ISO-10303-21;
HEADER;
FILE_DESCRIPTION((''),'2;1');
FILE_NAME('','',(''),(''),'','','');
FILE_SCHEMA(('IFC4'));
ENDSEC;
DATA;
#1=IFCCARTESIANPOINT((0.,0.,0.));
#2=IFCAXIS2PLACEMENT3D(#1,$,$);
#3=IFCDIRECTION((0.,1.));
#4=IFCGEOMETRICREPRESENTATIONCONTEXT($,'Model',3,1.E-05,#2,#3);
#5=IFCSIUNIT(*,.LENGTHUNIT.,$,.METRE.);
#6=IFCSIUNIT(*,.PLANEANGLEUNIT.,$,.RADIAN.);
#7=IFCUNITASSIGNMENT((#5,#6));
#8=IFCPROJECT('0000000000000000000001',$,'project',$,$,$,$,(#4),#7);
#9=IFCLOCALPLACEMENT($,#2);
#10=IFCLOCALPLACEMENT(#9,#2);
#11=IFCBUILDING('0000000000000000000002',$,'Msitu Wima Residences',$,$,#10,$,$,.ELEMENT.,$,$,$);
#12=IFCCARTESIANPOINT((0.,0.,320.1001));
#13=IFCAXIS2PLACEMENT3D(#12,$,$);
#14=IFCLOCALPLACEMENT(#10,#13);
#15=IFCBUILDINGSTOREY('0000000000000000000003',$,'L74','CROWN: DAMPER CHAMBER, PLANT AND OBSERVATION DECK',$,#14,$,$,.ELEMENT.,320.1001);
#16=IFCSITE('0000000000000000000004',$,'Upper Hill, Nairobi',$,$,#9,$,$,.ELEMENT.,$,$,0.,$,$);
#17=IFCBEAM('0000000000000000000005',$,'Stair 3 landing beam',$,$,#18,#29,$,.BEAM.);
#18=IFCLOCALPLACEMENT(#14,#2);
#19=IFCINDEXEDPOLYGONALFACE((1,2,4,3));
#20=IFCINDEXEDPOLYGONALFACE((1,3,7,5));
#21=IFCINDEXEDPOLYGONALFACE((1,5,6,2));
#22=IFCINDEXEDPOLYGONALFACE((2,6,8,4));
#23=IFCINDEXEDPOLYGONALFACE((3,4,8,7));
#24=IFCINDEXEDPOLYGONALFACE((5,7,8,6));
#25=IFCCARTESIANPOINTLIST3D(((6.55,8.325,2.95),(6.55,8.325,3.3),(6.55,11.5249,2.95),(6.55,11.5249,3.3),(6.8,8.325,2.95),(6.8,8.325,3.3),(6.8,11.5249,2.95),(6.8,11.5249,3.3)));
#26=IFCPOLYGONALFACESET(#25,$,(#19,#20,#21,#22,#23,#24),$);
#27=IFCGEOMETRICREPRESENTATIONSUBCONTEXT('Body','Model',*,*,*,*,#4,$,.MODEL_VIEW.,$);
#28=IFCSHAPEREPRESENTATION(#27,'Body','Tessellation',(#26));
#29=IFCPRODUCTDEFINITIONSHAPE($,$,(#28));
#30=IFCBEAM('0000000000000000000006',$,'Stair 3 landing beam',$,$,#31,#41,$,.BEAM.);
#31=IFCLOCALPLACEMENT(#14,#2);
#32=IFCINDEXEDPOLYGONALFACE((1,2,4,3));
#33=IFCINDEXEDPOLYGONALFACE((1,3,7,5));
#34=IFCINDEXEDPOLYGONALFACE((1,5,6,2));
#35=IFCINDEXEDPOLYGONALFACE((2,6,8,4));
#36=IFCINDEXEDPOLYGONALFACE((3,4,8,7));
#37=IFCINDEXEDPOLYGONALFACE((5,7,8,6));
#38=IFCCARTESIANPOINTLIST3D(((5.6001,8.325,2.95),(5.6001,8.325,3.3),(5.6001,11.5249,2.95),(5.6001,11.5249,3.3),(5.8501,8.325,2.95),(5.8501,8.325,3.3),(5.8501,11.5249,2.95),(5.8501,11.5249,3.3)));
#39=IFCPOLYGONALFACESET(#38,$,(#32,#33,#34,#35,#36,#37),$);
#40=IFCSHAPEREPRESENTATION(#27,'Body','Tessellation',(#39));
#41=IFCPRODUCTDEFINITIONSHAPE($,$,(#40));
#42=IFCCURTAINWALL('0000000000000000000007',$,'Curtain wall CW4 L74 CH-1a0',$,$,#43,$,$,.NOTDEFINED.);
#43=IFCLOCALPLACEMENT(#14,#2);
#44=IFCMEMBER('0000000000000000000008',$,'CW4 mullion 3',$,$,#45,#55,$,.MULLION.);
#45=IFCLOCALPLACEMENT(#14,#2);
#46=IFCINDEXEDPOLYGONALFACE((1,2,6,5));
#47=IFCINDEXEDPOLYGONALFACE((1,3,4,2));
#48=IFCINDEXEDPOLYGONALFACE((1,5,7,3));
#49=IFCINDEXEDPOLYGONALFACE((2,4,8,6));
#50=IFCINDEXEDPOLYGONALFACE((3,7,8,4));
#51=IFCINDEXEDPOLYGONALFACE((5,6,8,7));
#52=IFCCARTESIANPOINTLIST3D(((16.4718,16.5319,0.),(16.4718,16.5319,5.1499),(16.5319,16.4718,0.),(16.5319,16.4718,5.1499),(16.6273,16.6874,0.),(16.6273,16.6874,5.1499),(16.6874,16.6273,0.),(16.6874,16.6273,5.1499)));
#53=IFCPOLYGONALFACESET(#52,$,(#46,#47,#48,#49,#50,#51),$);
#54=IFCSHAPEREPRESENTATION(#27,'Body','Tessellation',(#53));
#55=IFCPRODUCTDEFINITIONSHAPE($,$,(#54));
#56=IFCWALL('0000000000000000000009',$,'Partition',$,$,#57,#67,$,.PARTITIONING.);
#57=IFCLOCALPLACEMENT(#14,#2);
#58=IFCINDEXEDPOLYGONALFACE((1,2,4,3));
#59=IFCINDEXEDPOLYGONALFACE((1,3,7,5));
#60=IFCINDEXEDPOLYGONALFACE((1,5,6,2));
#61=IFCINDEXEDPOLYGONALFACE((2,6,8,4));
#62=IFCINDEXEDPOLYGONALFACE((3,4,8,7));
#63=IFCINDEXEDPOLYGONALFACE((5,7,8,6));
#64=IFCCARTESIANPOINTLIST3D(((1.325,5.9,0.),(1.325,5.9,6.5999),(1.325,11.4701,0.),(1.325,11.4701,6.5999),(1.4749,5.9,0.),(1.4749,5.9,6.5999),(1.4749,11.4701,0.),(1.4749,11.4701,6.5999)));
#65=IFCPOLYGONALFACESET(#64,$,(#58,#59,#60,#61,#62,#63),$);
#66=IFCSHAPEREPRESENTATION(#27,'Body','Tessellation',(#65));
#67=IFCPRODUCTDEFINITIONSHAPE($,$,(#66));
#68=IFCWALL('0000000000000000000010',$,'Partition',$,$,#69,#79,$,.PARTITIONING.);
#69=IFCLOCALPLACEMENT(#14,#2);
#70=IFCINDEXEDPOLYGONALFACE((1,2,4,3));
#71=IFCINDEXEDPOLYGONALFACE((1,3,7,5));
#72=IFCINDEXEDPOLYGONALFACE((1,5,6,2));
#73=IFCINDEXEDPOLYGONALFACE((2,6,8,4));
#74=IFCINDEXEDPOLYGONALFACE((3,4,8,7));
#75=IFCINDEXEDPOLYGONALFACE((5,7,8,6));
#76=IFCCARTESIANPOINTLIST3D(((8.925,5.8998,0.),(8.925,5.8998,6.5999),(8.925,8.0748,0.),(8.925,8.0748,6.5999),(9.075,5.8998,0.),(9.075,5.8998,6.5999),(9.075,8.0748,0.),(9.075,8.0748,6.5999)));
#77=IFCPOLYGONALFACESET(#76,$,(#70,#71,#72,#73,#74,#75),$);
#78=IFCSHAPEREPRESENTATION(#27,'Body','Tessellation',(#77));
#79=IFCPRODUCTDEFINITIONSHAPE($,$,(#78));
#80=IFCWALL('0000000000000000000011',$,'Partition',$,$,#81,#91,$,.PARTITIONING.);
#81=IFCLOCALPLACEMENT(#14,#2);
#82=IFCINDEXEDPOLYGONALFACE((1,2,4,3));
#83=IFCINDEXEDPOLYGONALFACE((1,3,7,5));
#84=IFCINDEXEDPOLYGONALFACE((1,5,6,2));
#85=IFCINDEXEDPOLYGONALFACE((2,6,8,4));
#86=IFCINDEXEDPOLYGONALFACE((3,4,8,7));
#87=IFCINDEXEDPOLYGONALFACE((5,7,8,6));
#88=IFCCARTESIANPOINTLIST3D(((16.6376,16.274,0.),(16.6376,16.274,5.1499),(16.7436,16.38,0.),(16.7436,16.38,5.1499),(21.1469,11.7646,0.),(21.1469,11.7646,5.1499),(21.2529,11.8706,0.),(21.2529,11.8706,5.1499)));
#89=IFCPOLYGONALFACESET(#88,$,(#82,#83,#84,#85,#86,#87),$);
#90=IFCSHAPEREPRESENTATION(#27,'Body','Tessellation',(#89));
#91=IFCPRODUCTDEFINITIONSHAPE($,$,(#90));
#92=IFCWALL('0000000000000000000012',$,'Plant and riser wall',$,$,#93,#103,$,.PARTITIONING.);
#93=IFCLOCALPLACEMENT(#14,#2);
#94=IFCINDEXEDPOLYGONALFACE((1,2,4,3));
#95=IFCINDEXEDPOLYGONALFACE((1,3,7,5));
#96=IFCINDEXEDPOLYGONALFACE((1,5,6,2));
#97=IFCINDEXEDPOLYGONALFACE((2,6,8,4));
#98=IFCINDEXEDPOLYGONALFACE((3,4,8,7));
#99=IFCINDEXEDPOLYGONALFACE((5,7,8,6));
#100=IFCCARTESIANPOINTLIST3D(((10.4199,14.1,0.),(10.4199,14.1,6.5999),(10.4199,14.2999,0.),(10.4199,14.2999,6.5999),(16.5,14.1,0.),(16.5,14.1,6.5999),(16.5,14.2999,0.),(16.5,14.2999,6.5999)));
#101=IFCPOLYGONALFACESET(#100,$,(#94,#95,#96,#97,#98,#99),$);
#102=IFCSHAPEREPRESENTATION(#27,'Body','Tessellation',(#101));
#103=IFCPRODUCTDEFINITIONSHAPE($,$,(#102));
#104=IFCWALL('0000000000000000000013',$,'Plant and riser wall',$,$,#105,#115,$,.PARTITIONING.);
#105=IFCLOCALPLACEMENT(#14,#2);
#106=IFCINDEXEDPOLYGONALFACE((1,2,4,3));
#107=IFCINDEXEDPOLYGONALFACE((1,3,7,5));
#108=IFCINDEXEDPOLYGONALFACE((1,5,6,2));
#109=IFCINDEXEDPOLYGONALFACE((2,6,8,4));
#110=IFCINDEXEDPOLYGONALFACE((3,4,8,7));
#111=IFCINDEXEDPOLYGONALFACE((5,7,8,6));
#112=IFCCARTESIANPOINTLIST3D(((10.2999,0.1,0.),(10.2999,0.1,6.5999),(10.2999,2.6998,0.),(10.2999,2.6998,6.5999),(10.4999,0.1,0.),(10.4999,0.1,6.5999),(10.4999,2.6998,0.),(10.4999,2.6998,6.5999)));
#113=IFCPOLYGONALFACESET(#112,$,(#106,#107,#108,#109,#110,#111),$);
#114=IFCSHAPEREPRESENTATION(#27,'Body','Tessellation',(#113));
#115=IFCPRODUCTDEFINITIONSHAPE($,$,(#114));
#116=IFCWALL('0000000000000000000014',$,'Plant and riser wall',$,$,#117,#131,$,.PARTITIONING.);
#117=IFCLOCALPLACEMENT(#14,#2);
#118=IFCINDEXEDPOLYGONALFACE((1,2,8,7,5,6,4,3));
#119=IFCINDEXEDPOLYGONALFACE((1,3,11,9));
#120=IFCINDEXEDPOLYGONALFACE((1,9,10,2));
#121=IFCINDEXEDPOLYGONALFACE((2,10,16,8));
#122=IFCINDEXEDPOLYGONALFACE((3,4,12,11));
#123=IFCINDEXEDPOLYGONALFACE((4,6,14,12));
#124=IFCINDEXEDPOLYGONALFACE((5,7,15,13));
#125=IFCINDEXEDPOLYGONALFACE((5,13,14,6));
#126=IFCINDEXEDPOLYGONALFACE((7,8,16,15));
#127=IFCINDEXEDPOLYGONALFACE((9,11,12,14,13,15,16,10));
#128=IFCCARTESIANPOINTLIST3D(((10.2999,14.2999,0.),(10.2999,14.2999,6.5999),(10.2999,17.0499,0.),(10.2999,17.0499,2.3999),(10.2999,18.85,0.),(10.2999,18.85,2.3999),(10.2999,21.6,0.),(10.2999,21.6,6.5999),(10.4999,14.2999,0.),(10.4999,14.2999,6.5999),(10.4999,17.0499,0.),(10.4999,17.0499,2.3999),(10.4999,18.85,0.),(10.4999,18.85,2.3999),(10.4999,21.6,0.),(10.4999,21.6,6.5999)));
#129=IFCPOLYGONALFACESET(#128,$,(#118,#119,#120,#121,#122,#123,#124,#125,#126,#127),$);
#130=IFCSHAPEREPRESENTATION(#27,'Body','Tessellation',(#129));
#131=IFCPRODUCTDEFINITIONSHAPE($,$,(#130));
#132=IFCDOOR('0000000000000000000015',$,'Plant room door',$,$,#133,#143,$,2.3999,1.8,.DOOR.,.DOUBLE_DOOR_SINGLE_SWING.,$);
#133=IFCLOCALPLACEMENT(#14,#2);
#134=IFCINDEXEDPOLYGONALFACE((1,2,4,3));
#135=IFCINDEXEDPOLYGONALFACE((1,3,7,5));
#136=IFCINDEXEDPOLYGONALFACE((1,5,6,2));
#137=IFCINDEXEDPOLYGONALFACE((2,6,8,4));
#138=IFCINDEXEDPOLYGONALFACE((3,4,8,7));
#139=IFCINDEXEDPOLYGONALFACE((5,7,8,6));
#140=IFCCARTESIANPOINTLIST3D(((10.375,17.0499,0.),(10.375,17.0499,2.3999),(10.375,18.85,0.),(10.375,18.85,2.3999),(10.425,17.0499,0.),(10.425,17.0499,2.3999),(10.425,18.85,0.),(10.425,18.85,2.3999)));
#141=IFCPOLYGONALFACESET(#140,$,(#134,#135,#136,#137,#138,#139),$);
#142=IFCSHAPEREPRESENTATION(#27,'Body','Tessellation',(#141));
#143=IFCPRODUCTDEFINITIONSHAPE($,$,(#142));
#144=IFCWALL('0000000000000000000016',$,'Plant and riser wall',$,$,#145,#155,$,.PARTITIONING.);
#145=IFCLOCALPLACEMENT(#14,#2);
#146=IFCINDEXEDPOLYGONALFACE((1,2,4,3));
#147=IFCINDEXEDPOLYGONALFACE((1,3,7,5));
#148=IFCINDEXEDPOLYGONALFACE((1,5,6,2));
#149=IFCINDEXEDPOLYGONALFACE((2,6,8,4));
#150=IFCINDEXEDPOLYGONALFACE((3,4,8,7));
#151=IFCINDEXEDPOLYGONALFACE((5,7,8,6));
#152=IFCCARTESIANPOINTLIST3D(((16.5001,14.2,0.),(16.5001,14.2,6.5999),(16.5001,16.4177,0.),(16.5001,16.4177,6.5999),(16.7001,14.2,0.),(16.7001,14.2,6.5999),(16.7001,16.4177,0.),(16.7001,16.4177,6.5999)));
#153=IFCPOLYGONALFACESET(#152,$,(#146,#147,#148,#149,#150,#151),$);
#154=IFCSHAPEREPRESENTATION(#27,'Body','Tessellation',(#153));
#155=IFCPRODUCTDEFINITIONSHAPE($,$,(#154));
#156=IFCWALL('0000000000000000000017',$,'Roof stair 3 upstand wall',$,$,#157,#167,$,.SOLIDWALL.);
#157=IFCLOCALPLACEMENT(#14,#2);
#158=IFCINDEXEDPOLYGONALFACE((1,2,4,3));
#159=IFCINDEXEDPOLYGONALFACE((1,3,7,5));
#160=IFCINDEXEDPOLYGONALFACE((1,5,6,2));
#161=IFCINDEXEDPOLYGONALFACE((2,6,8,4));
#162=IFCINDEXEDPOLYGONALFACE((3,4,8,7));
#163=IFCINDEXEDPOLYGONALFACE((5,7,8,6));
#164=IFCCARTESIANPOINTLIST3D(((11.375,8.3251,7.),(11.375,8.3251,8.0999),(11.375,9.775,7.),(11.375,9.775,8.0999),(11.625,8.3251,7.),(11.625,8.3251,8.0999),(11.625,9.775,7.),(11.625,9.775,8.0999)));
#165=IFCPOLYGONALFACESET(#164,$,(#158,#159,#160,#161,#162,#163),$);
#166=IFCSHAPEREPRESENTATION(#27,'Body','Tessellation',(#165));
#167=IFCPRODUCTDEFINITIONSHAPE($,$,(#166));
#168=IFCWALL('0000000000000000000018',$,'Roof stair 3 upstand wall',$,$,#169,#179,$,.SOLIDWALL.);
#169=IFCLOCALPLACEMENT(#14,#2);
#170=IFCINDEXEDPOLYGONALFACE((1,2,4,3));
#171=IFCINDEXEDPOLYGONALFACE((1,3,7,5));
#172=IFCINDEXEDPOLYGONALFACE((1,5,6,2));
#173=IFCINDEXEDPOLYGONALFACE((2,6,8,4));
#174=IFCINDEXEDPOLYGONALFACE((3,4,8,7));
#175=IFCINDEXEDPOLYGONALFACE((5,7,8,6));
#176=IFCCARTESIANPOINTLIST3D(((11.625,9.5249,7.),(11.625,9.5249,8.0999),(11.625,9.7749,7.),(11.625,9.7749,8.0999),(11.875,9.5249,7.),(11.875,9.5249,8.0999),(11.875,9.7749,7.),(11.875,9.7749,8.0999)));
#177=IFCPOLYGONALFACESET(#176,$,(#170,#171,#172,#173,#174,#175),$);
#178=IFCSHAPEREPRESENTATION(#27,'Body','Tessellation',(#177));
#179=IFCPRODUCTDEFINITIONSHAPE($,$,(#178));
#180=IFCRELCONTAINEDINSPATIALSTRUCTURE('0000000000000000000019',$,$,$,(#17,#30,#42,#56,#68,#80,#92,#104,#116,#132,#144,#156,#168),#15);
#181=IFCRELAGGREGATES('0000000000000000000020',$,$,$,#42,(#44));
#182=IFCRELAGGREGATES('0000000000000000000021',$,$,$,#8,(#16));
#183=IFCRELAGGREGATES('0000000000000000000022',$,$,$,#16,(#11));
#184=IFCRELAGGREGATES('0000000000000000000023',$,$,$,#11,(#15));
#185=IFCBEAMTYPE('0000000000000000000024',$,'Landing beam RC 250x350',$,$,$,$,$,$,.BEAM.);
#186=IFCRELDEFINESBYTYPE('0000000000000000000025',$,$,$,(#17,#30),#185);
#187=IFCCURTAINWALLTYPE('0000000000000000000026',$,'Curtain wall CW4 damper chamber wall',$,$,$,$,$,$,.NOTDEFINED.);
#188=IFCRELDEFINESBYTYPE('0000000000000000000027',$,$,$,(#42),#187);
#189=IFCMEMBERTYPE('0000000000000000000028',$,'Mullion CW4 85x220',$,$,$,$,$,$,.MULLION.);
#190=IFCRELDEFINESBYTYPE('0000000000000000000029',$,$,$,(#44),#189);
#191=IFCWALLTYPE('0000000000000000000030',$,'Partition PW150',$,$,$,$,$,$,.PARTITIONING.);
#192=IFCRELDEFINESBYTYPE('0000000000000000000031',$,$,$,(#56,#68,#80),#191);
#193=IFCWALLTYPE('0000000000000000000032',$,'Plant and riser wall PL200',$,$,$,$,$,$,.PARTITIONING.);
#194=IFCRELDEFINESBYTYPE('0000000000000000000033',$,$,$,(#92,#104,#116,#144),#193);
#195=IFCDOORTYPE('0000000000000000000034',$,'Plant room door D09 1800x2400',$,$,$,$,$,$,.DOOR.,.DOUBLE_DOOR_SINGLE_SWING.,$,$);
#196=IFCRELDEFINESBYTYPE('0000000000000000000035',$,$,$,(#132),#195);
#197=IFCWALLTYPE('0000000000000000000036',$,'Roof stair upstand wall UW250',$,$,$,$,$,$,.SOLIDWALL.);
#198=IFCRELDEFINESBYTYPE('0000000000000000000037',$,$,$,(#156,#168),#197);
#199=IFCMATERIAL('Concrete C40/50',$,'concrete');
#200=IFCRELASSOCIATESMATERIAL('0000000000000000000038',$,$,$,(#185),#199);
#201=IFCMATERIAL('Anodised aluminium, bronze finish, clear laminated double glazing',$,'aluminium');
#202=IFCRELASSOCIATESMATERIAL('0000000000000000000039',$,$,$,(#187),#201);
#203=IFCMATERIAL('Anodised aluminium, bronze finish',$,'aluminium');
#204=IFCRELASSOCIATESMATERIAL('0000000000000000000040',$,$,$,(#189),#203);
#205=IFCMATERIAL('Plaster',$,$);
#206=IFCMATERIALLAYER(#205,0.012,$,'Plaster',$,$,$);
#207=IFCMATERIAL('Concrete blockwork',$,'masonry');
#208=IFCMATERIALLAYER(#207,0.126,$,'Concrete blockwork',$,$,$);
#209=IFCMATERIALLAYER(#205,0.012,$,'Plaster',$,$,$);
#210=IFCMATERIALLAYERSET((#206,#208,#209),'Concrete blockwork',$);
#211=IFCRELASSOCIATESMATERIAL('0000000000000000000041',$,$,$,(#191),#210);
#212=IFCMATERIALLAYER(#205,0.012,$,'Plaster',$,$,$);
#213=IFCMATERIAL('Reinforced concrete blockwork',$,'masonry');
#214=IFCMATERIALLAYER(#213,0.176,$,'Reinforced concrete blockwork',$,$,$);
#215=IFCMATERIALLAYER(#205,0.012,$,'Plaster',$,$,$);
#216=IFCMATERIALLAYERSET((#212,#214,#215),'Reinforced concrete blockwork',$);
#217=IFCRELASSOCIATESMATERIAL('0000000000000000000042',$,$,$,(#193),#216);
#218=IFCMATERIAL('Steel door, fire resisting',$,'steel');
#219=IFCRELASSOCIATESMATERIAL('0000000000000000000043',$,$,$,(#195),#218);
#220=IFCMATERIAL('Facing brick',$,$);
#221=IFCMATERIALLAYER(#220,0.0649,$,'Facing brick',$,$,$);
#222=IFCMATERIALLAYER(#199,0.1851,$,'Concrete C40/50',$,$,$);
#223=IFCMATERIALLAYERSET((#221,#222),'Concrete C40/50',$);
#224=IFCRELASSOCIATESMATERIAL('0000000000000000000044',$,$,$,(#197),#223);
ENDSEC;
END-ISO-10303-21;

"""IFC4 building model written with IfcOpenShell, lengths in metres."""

from ifc_helpers import new_model, si_unit, direction, frame, frame_2d, origin, origin_2d, place, context, subcontext, project, spatial, rectangle, extrude, material, layer, layer_set, material_profile, profile_set, type_object, element, fill, aggregate, save


model = new_model("IFC4")

# Units and contexts
model_context = context("Model", 3, precision=1e-05, world=origin(), true_north=direction((0.0, 1.0)))
body_context = subcontext(model_context, "Body", "Model", "MODEL_VIEW")
ifc_project = project(units=[si_unit("LENGTHUNIT", "METRE"), si_unit("PLANEANGLEUNIT", "RADIAN")], contexts=[model_context])

# Site, building, storey
site_placement = place(None, origin())
site = spatial("IfcSite", under=ifc_project, at=site_placement, Name="Upper Hill, Nairobi", CompositionType="ELEMENT", RefElevation=0.0)
building_placement = place(site_placement, origin())
building = spatial("IfcBuilding", under=site, at=building_placement, Name="Msitu Wima Residences", CompositionType="ELEMENT")
storey_placement = place(building_placement, frame((0.0, 0.0, 320.1001)))
storey = spatial("IfcBuildingStorey", under=building, at=storey_placement, Name="L74", Description="CROWN: DAMPER CHAMBER, PLANT AND OBSERVATION DECK", CompositionType="ELEMENT", Elevation=320.1001)

# Beams
ifc_material_1 = material(Name="Concrete C40/50", Category="concrete")
ifc_material_profile_1 = material_profile(ifc_material_1, rectangle(XDim=0.25, YDim=0.3501, at=origin_2d()), Name="RC 250x350")
ifc_profile_set_1 = profile_set([ifc_material_profile_1], Name="Concrete C40/50")
beam_type = type_object("IfcBeamType", Name="Landing beam RC 250x350", PredefinedType="BEAM", material=ifc_profile_set_1)
for number, where, z_axis, x_axis, name in (
    (1, (6.675, 8.325, 3.125), (0.0, 1.0, 0.0), (-1.0, 0.0, 0.0), "Stair 3 landing beam"),
    (2, (5.7251, 8.325, 3.125), (0.0, 1.0, 0.0), (-1.0, 0.0, 0.0), "Stair 3 landing beam"),
):
    element("IfcBeam", number, at=place(storey_placement, frame(where, z_axis=z_axis, x_axis=x_axis)), inside=storey, type_object=beam_type, Name=name, PredefinedType="BEAM", context=body_context, shape_type="SweptSolid", body=[
        extrude(rectangle(XDim=0.25, YDim=0.3501, at=origin_2d()), origin(), (0.0, 0.0, 1.0), 3.2),
    ])

# Curtain wall, member
ifc_material_2 = material(Name="Anodised aluminium, bronze finish, clear laminated double glazing", Category="aluminium")
curtain_wall_type = type_object("IfcCurtainWallType", Name="Curtain wall CW4 damper chamber wall", PredefinedType="NOTDEFINED", material=ifc_material_2)
curtain_wall_placement = place(storey_placement, origin())
curtain_wall = element("IfcCurtainWall", 3, at=curtain_wall_placement, inside=storey, type_object=curtain_wall_type, Name="Curtain wall CW4 L74 CH-1a0", PredefinedType="NOTDEFINED")
ifc_material_3 = material(Name="Anodised aluminium, bronze finish", Category="aluminium")
ifc_material_profile_2 = material_profile(ifc_material_3, rectangle(XDim=0.22, YDim=0.085, at=origin_2d()), Name="Mullion 85x220")
ifc_profile_set_2 = profile_set([ifc_material_profile_2], Name="Anodised aluminium, bronze finish")
member_type = type_object("IfcMemberType", Name="Mullion CW4 85x220", PredefinedType="MULLION", material=ifc_profile_set_2)
member_placement = place(storey_placement, frame((16.5796, 16.5796, 0.0), z_axis=(0.0, 0.0, 1.0), x_axis=(-0.707107, -0.707107, 0.0)))
member = element("IfcMember", 4, at=member_placement, type_object=member_type, Name="CW4 mullion 3", PredefinedType="MULLION", context=body_context, shape_type="SweptSolid", body=[
    extrude(rectangle(XDim=0.22, YDim=0.085, at=origin_2d()), origin(), (0.0, 0.0, 1.0), 5.1499),
])
aggregate(curtain_wall, [member])

# Walls
ifc_material_4 = material(Name="Plaster")
ifc_layer_1 = layer(ifc_material_4, 0.012, Name="Plaster")
ifc_material_5 = material(Name="Concrete blockwork", Category="masonry")
ifc_layer_2 = layer(ifc_material_5, 0.126, Name="Concrete blockwork")
ifc_layer_3 = layer(ifc_material_4, 0.012, Name="Plaster")
ifc_layer_set_1 = layer_set([ifc_layer_1, ifc_layer_2, ifc_layer_3], Name="Concrete blockwork")
wall_type_1 = type_object("IfcWallType", Name="Partition PW150", PredefinedType="PARTITIONING", material=ifc_layer_set_1)
wall_1_placement = place(storey_placement, frame((1.3999, 5.8999, 0.0), z_axis=(0.0, 0.0, 1.0), x_axis=(0.0, 1.0, 0.0)))
element("IfcWall", 5, at=wall_1_placement, inside=storey, type_object=wall_type_1, Name="Partition", PredefinedType="PARTITIONING", context=body_context, shape_type="SweptSolid", body=[
    extrude(rectangle(XDim=5.5701, YDim=0.1499, at=frame_2d((2.7852, 0.0))), origin(), (0.0, 0.0, 1.0), 6.5999),
])
wall_2_placement = place(storey_placement, frame((9.0, 5.8999, 0.0), z_axis=(0.0, 0.0, 1.0), x_axis=(0.0, 1.0, 0.0)))
element("IfcWall", 6, at=wall_2_placement, inside=storey, type_object=wall_type_1, Name="Partition", PredefinedType="PARTITIONING", context=body_context, shape_type="SweptSolid", body=[
    extrude(rectangle(XDim=2.175, YDim=0.1499, at=frame_2d((1.0874, 0.0))), origin(), (0.0, 0.0, 1.0), 6.5999),
])
wall_3_placement = place(storey_placement, frame((16.6907, 16.3269, 0.0), z_axis=(0.0, 0.0, 1.0), x_axis=(0.707107, -0.707107, 0.0)))
element("IfcWall", 7, at=wall_3_placement, inside=storey, type_object=wall_type_1, Name="Partition", PredefinedType="PARTITIONING", context=body_context, shape_type="SweptSolid", body=[
    extrude(rectangle(XDim=6.3772, YDim=0.1499, at=frame_2d((3.1885, 0.0))), origin(), (0.0, 0.0, 1.0), 5.1499),
])
ifc_layer_4 = layer(ifc_material_4, 0.012, Name="Plaster")
ifc_material_6 = material(Name="Reinforced concrete blockwork", Category="masonry")
ifc_layer_5 = layer(ifc_material_6, 0.176, Name="Reinforced concrete blockwork")
ifc_layer_6 = layer(ifc_material_4, 0.012, Name="Plaster")
ifc_layer_set_2 = layer_set([ifc_layer_4, ifc_layer_5, ifc_layer_6], Name="Reinforced concrete blockwork")
wall_type_2 = type_object("IfcWallType", Name="Plant and riser wall PL200", PredefinedType="PARTITIONING", material=ifc_layer_set_2)
wall_4_placement = place(storey_placement, frame((10.4199, 14.2, 0.0), z_axis=(0.0, 0.0, 1.0), x_axis=(1.0, 0.0, 0.0)))
element("IfcWall", 8, at=wall_4_placement, inside=storey, type_object=wall_type_2, Name="Plant and riser wall", PredefinedType="PARTITIONING", context=body_context, shape_type="SweptSolid", body=[
    extrude(rectangle(XDim=6.0801, YDim=0.2, at=frame_2d((3.04, 0.0))), origin(), (0.0, 0.0, 1.0), 6.5999),
])
wall_5_placement = place(storey_placement, frame((10.3999, 0.1001, 0.0), z_axis=(0.0, 0.0, 1.0), x_axis=(0.0, 1.0, 0.0)))
element("IfcWall", 9, at=wall_5_placement, inside=storey, type_object=wall_type_2, Name="Plant and riser wall", PredefinedType="PARTITIONING", context=body_context, shape_type="SweptSolid", body=[
    extrude(rectangle(XDim=2.5999, YDim=0.2, at=frame_2d((1.2998, 0.0))), origin(), (0.0, 0.0, 1.0), 6.5999),
])

# Wall, opening, door
wall_6_placement = place(storey_placement, frame((10.3999, 14.3, 0.0), z_axis=(0.0, 0.0, 1.0), x_axis=(0.0, 1.0, 0.0)))
wall_6 = element("IfcWall", 10, at=wall_6_placement, inside=storey, type_object=wall_type_2, Name="Plant and riser wall", PredefinedType="PARTITIONING", context=body_context, shape_type="SweptSolid", body=[
    extrude(rectangle(XDim=7.3, YDim=0.2, at=frame_2d((3.6499, 0.0))), origin(), (0.0, 0.0, 1.0), 6.5999),
])
opening_placement = place(wall_6_placement, frame((2.75, 0.0, 0.0)))
opening = element("IfcOpeningElement", 11, at=opening_placement, cuts=wall_6, PredefinedType="OPENING", context=body_context, shape_type="SweptSolid", body=[
    extrude(rectangle(XDim=1.8, YDim=2.3999, at=frame_2d((0.8999, 1.2))), frame((0.0, 0.1099, 0.0), z_axis=(0.0, -1.0, 0.0), x_axis=(1.0, 0.0, 0.0)), (0.0, 0.0, 1.0), 0.22),
])
ifc_material_7 = material(Name="Steel door, fire resisting", Category="steel")
door_type = type_object("IfcDoorType", Name="Plant room door D09 1800x2400", OperationType="DOUBLE_DOOR_SINGLE_SWING", PredefinedType="DOOR", material=ifc_material_7)
door_placement = place(opening_placement, origin())
door = element("IfcDoor", 12, at=door_placement, inside=storey, type_object=door_type, Name="Plant room door", OperationType="DOUBLE_DOOR_SINGLE_SWING", OverallHeight=2.3999, OverallWidth=1.8, PredefinedType="DOOR", context=body_context, shape_type="SweptSolid", body=[
    extrude(rectangle(XDim=1.8, YDim=2.3999, at=frame_2d((0.8999, 1.2))), frame((0.0, 0.0249, 0.0), z_axis=(0.0, -1.0, 0.0), x_axis=(1.0, 0.0, 0.0)), (0.0, 0.0, 1.0), 0.05),
])
fill(opening, door)

# Walls
wall_7_placement = place(storey_placement, frame((16.6001, 14.2, 0.0), z_axis=(0.0, 0.0, 1.0), x_axis=(0.0, 1.0, 0.0)))
element("IfcWall", 13, at=wall_7_placement, inside=storey, type_object=wall_type_2, Name="Plant and riser wall", PredefinedType="PARTITIONING", context=body_context, shape_type="SweptSolid", body=[
    extrude(rectangle(XDim=2.2178, YDim=0.2, at=frame_2d((1.1089, 0.0))), origin(), (0.0, 0.0, 1.0), 6.5999),
])
ifc_material_8 = material(Name="Facing brick")
ifc_layer_7 = layer(ifc_material_8, 0.0649, Name="Facing brick")
ifc_layer_8 = layer(ifc_material_1, 0.1851, Name="Concrete C40/50")
ifc_layer_set_3 = layer_set([ifc_layer_7, ifc_layer_8], Name="Concrete C40/50")
wall_type_3 = type_object("IfcWallType", Name="Roof stair upstand wall UW250", PredefinedType="SOLIDWALL", material=ifc_layer_set_3)
wall_8_placement = place(storey_placement, frame((11.5, 8.325, 7.0), z_axis=(0.0, 0.0, 1.0), x_axis=(0.0, 1.0, 0.0)))
element("IfcWall", 14, at=wall_8_placement, inside=storey, type_object=wall_type_3, Name="Roof stair 3 upstand wall", PredefinedType="SOLIDWALL", context=body_context, shape_type="SweptSolid", body=[
    extrude(rectangle(XDim=1.45, YDim=0.25, at=frame_2d((0.7251, 0.0))), origin(), (0.0, 0.0, 1.0), 1.0999),
])
wall_9_placement = place(storey_placement, frame((11.875, 9.6499, 7.0), z_axis=(0.0, 0.0, 1.0), x_axis=(-1.0, 0.0, 0.0)))
element("IfcWall", 15, at=wall_9_placement, inside=storey, type_object=wall_type_3, Name="Roof stair 3 upstand wall", PredefinedType="SOLIDWALL", context=body_context, shape_type="SweptSolid", body=[
    extrude(rectangle(XDim=0.25, YDim=0.25, at=frame_2d((0.125, 0.0))), origin(), (0.0, 0.0, 1.0), 1.0999),
])

save(model, "model.ifc")
